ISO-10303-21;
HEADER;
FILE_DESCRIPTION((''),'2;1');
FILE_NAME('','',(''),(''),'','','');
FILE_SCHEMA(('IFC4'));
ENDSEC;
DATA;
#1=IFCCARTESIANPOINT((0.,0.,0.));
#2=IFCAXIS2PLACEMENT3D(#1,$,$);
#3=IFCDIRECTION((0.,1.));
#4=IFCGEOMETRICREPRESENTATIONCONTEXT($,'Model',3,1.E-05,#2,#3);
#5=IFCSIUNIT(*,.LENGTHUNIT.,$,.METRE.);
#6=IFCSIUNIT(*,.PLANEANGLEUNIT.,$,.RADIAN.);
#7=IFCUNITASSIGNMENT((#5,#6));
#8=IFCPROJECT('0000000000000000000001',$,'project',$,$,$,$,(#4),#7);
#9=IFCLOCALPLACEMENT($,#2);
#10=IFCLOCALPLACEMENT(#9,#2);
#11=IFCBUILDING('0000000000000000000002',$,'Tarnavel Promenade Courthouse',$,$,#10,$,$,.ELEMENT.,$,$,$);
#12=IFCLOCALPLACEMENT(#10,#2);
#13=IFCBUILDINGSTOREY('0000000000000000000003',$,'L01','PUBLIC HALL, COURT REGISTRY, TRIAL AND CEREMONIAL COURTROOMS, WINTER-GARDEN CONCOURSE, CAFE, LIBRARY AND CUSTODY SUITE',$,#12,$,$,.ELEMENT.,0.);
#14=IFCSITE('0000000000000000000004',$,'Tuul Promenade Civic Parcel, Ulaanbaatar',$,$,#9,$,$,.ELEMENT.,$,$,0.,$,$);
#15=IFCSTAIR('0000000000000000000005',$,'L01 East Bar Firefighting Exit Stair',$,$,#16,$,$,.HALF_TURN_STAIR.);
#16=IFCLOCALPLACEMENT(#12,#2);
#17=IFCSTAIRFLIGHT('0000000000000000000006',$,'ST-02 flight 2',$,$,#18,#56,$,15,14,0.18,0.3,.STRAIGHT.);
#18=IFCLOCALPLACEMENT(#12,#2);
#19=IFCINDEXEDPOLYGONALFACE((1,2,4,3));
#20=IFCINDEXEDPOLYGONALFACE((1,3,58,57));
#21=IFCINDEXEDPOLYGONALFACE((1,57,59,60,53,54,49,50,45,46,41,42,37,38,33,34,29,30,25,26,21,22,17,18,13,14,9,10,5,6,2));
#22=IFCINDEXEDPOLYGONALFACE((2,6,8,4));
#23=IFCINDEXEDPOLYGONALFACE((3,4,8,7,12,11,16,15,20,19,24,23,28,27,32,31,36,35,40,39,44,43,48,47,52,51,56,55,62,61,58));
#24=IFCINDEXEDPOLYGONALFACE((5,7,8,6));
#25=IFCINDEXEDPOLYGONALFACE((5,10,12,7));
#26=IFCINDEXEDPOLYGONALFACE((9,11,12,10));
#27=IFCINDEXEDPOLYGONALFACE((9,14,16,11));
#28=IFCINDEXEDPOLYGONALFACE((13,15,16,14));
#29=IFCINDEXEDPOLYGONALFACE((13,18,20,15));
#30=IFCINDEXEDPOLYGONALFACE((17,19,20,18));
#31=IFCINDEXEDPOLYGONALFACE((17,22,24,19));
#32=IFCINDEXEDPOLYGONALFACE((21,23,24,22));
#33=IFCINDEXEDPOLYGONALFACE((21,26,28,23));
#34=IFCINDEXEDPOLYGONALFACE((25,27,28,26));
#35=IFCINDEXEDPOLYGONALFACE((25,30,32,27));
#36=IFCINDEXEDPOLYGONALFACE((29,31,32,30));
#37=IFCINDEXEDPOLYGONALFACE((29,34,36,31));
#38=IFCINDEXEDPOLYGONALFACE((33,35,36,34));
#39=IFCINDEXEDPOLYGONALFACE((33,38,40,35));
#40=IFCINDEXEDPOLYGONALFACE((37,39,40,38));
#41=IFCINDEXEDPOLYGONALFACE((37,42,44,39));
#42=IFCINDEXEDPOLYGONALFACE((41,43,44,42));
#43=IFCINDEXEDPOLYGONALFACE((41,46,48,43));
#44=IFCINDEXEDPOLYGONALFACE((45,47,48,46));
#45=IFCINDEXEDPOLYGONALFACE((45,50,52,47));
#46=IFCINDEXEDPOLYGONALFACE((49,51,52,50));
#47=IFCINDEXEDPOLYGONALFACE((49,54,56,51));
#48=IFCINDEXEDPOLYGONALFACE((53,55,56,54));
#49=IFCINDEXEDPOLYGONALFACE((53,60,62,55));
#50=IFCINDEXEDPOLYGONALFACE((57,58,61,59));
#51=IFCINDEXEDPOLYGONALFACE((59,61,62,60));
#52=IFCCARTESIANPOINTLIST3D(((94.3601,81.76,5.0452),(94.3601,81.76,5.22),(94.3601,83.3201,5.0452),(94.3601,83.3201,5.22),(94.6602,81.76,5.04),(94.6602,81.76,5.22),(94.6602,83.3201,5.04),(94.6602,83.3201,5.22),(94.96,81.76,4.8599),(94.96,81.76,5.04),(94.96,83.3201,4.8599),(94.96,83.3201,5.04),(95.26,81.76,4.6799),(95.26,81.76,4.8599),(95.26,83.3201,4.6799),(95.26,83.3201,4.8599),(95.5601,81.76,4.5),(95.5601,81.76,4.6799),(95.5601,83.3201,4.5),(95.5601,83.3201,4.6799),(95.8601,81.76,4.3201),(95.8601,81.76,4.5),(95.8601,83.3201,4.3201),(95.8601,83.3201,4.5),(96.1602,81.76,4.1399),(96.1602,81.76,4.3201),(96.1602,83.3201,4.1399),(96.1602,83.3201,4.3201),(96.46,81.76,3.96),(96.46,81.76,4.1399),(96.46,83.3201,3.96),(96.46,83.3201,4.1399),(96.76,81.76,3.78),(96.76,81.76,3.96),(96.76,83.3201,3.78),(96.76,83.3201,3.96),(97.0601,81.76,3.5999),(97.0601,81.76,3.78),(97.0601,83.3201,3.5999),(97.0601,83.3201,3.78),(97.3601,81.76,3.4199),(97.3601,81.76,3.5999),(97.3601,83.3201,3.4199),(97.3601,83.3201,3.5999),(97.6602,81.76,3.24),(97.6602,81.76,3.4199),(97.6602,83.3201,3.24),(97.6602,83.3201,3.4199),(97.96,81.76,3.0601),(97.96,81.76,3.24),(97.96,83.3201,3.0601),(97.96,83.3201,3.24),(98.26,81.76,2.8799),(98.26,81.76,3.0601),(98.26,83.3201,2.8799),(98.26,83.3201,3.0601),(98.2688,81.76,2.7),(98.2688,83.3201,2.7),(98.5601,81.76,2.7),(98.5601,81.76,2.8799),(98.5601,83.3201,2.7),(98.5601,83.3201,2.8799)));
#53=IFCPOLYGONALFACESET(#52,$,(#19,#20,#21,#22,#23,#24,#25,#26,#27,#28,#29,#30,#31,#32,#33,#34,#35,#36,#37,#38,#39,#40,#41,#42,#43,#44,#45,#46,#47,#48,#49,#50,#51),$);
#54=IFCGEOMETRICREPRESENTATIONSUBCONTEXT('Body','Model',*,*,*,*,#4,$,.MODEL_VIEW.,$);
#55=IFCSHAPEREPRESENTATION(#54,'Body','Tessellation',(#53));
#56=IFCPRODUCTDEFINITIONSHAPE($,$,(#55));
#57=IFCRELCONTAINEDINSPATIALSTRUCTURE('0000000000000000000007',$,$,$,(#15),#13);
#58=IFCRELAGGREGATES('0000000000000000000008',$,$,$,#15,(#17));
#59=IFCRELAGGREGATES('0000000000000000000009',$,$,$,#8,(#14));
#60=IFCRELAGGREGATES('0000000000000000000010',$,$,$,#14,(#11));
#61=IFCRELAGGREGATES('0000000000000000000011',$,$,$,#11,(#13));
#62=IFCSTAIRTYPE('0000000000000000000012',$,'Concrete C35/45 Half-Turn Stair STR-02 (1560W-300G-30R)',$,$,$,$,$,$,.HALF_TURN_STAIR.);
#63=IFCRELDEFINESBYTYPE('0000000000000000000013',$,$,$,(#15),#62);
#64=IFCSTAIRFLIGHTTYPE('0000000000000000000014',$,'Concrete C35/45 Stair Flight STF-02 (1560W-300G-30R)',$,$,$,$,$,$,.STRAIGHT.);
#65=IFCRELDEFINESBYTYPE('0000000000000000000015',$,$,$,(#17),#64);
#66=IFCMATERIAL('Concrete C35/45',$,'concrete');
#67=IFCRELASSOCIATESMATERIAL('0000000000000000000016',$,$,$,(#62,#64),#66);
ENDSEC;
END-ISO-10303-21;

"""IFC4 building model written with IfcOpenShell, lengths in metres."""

from ifc_helpers import new_model, si_unit, direction, frame, origin, place, context, subcontext, project, spatial, polyline, outline, extrude, material, type_object, element, aggregate, save


model = new_model("IFC4")

# Units and contexts
model_context = context("Model", 3, precision=1e-05, world=origin(), true_north=direction((0.0, 1.0)))
body_context = subcontext(model_context, "Body", "Model", "MODEL_VIEW")
ifc_project = project(units=[si_unit("LENGTHUNIT", "METRE"), si_unit("PLANEANGLEUNIT", "RADIAN")], contexts=[model_context])

# Site, building, storey
site_placement = place(None, origin())
site = spatial("IfcSite", under=ifc_project, at=site_placement, Name="Tuul Promenade Civic Parcel, Ulaanbaatar", CompositionType="ELEMENT", RefElevation=0.0)
building_placement = place(site_placement, origin())
building = spatial("IfcBuilding", under=site, at=building_placement, Name="Tarnavel Promenade Courthouse", CompositionType="ELEMENT")
storey_placement = place(building_placement, origin())
storey = spatial("IfcBuildingStorey", under=building, at=storey_placement, Name="L01", Description="PUBLIC HALL, COURT REGISTRY, TRIAL AND CEREMONIAL COURTROOMS, WINTER-GARDEN CONCOURSE, CAFE, LIBRARY AND CUSTODY SUITE", CompositionType="ELEMENT", Elevation=0.0)

# Stair, stair flight
ifc_material_1 = material(Name="Concrete C35/45", Category="concrete")
stair_type = type_object("IfcStairType", Name="Concrete C35/45 Half-Turn Stair STR-02 (1560W-300G-30R)", PredefinedType="HALF_TURN_STAIR", material=ifc_material_1)
stair_placement = place(storey_placement, origin())
stair = element("IfcStair", 1, at=stair_placement, inside=storey, type_object=stair_type, Name="L01 East Bar Firefighting Exit Stair", PredefinedType="HALF_TURN_STAIR")
stair_flight_type = type_object("IfcStairFlightType", Name="Concrete C35/45 Stair Flight STF-02 (1560W-300G-30R)", PredefinedType="STRAIGHT", material=ifc_material_1)
stair_flight_placement = place(storey_placement, frame((98.5601, 82.54, 2.7), z_axis=(0.0, 0.0, 1.0), x_axis=(-1.0, 0.0, 0.0)))
stair_flight = element("IfcStairFlight", 2, at=stair_flight_placement, type_object=stair_flight_type, Name="ST-02 flight 2", NumberOfRisers=15, NumberOfTreads=14, PredefinedType="STRAIGHT", RiserHeight=0.18, TreadLength=0.3, context=body_context, shape_type="SweptSolid", body=[
    extrude(outline(polyline([(0.0, 0.0), (0.0, 0.1799), (0.3, 0.1799), (0.3, 0.3601), (0.6001, 0.3601), (0.6001, 0.54), (0.8999, 0.54), (0.8999, 0.72), (1.2, 0.72), (1.2, 0.8999), (1.5, 0.8999), (1.5, 1.0801), (1.8, 1.0801), (1.8, 1.26), (2.1001, 1.26), (2.1001, 1.4399), (2.3999, 1.4399), (2.3999, 1.6201), (2.7, 1.6201), (2.7, 1.8), (3.0, 1.8), (3.0, 1.98), (3.3, 1.98), (3.3, 2.1599), (3.6001, 2.1599), (3.6001, 2.3401), (3.8999, 2.3401), (3.8999, 2.52), (4.2, 2.52), (4.2, 2.7), (4.2, 2.3452), (0.2913, 0.0), (0.0, 0.0)])), frame((0.0, 0.78, 0.0), z_axis=(0.0, -1.0, 0.0), x_axis=(1.0, 0.0, 0.0)), (0.0, 0.0, 1.0), 1.5601),
])
aggregate(stair, [stair_flight])

save(model, "model.ifc")
